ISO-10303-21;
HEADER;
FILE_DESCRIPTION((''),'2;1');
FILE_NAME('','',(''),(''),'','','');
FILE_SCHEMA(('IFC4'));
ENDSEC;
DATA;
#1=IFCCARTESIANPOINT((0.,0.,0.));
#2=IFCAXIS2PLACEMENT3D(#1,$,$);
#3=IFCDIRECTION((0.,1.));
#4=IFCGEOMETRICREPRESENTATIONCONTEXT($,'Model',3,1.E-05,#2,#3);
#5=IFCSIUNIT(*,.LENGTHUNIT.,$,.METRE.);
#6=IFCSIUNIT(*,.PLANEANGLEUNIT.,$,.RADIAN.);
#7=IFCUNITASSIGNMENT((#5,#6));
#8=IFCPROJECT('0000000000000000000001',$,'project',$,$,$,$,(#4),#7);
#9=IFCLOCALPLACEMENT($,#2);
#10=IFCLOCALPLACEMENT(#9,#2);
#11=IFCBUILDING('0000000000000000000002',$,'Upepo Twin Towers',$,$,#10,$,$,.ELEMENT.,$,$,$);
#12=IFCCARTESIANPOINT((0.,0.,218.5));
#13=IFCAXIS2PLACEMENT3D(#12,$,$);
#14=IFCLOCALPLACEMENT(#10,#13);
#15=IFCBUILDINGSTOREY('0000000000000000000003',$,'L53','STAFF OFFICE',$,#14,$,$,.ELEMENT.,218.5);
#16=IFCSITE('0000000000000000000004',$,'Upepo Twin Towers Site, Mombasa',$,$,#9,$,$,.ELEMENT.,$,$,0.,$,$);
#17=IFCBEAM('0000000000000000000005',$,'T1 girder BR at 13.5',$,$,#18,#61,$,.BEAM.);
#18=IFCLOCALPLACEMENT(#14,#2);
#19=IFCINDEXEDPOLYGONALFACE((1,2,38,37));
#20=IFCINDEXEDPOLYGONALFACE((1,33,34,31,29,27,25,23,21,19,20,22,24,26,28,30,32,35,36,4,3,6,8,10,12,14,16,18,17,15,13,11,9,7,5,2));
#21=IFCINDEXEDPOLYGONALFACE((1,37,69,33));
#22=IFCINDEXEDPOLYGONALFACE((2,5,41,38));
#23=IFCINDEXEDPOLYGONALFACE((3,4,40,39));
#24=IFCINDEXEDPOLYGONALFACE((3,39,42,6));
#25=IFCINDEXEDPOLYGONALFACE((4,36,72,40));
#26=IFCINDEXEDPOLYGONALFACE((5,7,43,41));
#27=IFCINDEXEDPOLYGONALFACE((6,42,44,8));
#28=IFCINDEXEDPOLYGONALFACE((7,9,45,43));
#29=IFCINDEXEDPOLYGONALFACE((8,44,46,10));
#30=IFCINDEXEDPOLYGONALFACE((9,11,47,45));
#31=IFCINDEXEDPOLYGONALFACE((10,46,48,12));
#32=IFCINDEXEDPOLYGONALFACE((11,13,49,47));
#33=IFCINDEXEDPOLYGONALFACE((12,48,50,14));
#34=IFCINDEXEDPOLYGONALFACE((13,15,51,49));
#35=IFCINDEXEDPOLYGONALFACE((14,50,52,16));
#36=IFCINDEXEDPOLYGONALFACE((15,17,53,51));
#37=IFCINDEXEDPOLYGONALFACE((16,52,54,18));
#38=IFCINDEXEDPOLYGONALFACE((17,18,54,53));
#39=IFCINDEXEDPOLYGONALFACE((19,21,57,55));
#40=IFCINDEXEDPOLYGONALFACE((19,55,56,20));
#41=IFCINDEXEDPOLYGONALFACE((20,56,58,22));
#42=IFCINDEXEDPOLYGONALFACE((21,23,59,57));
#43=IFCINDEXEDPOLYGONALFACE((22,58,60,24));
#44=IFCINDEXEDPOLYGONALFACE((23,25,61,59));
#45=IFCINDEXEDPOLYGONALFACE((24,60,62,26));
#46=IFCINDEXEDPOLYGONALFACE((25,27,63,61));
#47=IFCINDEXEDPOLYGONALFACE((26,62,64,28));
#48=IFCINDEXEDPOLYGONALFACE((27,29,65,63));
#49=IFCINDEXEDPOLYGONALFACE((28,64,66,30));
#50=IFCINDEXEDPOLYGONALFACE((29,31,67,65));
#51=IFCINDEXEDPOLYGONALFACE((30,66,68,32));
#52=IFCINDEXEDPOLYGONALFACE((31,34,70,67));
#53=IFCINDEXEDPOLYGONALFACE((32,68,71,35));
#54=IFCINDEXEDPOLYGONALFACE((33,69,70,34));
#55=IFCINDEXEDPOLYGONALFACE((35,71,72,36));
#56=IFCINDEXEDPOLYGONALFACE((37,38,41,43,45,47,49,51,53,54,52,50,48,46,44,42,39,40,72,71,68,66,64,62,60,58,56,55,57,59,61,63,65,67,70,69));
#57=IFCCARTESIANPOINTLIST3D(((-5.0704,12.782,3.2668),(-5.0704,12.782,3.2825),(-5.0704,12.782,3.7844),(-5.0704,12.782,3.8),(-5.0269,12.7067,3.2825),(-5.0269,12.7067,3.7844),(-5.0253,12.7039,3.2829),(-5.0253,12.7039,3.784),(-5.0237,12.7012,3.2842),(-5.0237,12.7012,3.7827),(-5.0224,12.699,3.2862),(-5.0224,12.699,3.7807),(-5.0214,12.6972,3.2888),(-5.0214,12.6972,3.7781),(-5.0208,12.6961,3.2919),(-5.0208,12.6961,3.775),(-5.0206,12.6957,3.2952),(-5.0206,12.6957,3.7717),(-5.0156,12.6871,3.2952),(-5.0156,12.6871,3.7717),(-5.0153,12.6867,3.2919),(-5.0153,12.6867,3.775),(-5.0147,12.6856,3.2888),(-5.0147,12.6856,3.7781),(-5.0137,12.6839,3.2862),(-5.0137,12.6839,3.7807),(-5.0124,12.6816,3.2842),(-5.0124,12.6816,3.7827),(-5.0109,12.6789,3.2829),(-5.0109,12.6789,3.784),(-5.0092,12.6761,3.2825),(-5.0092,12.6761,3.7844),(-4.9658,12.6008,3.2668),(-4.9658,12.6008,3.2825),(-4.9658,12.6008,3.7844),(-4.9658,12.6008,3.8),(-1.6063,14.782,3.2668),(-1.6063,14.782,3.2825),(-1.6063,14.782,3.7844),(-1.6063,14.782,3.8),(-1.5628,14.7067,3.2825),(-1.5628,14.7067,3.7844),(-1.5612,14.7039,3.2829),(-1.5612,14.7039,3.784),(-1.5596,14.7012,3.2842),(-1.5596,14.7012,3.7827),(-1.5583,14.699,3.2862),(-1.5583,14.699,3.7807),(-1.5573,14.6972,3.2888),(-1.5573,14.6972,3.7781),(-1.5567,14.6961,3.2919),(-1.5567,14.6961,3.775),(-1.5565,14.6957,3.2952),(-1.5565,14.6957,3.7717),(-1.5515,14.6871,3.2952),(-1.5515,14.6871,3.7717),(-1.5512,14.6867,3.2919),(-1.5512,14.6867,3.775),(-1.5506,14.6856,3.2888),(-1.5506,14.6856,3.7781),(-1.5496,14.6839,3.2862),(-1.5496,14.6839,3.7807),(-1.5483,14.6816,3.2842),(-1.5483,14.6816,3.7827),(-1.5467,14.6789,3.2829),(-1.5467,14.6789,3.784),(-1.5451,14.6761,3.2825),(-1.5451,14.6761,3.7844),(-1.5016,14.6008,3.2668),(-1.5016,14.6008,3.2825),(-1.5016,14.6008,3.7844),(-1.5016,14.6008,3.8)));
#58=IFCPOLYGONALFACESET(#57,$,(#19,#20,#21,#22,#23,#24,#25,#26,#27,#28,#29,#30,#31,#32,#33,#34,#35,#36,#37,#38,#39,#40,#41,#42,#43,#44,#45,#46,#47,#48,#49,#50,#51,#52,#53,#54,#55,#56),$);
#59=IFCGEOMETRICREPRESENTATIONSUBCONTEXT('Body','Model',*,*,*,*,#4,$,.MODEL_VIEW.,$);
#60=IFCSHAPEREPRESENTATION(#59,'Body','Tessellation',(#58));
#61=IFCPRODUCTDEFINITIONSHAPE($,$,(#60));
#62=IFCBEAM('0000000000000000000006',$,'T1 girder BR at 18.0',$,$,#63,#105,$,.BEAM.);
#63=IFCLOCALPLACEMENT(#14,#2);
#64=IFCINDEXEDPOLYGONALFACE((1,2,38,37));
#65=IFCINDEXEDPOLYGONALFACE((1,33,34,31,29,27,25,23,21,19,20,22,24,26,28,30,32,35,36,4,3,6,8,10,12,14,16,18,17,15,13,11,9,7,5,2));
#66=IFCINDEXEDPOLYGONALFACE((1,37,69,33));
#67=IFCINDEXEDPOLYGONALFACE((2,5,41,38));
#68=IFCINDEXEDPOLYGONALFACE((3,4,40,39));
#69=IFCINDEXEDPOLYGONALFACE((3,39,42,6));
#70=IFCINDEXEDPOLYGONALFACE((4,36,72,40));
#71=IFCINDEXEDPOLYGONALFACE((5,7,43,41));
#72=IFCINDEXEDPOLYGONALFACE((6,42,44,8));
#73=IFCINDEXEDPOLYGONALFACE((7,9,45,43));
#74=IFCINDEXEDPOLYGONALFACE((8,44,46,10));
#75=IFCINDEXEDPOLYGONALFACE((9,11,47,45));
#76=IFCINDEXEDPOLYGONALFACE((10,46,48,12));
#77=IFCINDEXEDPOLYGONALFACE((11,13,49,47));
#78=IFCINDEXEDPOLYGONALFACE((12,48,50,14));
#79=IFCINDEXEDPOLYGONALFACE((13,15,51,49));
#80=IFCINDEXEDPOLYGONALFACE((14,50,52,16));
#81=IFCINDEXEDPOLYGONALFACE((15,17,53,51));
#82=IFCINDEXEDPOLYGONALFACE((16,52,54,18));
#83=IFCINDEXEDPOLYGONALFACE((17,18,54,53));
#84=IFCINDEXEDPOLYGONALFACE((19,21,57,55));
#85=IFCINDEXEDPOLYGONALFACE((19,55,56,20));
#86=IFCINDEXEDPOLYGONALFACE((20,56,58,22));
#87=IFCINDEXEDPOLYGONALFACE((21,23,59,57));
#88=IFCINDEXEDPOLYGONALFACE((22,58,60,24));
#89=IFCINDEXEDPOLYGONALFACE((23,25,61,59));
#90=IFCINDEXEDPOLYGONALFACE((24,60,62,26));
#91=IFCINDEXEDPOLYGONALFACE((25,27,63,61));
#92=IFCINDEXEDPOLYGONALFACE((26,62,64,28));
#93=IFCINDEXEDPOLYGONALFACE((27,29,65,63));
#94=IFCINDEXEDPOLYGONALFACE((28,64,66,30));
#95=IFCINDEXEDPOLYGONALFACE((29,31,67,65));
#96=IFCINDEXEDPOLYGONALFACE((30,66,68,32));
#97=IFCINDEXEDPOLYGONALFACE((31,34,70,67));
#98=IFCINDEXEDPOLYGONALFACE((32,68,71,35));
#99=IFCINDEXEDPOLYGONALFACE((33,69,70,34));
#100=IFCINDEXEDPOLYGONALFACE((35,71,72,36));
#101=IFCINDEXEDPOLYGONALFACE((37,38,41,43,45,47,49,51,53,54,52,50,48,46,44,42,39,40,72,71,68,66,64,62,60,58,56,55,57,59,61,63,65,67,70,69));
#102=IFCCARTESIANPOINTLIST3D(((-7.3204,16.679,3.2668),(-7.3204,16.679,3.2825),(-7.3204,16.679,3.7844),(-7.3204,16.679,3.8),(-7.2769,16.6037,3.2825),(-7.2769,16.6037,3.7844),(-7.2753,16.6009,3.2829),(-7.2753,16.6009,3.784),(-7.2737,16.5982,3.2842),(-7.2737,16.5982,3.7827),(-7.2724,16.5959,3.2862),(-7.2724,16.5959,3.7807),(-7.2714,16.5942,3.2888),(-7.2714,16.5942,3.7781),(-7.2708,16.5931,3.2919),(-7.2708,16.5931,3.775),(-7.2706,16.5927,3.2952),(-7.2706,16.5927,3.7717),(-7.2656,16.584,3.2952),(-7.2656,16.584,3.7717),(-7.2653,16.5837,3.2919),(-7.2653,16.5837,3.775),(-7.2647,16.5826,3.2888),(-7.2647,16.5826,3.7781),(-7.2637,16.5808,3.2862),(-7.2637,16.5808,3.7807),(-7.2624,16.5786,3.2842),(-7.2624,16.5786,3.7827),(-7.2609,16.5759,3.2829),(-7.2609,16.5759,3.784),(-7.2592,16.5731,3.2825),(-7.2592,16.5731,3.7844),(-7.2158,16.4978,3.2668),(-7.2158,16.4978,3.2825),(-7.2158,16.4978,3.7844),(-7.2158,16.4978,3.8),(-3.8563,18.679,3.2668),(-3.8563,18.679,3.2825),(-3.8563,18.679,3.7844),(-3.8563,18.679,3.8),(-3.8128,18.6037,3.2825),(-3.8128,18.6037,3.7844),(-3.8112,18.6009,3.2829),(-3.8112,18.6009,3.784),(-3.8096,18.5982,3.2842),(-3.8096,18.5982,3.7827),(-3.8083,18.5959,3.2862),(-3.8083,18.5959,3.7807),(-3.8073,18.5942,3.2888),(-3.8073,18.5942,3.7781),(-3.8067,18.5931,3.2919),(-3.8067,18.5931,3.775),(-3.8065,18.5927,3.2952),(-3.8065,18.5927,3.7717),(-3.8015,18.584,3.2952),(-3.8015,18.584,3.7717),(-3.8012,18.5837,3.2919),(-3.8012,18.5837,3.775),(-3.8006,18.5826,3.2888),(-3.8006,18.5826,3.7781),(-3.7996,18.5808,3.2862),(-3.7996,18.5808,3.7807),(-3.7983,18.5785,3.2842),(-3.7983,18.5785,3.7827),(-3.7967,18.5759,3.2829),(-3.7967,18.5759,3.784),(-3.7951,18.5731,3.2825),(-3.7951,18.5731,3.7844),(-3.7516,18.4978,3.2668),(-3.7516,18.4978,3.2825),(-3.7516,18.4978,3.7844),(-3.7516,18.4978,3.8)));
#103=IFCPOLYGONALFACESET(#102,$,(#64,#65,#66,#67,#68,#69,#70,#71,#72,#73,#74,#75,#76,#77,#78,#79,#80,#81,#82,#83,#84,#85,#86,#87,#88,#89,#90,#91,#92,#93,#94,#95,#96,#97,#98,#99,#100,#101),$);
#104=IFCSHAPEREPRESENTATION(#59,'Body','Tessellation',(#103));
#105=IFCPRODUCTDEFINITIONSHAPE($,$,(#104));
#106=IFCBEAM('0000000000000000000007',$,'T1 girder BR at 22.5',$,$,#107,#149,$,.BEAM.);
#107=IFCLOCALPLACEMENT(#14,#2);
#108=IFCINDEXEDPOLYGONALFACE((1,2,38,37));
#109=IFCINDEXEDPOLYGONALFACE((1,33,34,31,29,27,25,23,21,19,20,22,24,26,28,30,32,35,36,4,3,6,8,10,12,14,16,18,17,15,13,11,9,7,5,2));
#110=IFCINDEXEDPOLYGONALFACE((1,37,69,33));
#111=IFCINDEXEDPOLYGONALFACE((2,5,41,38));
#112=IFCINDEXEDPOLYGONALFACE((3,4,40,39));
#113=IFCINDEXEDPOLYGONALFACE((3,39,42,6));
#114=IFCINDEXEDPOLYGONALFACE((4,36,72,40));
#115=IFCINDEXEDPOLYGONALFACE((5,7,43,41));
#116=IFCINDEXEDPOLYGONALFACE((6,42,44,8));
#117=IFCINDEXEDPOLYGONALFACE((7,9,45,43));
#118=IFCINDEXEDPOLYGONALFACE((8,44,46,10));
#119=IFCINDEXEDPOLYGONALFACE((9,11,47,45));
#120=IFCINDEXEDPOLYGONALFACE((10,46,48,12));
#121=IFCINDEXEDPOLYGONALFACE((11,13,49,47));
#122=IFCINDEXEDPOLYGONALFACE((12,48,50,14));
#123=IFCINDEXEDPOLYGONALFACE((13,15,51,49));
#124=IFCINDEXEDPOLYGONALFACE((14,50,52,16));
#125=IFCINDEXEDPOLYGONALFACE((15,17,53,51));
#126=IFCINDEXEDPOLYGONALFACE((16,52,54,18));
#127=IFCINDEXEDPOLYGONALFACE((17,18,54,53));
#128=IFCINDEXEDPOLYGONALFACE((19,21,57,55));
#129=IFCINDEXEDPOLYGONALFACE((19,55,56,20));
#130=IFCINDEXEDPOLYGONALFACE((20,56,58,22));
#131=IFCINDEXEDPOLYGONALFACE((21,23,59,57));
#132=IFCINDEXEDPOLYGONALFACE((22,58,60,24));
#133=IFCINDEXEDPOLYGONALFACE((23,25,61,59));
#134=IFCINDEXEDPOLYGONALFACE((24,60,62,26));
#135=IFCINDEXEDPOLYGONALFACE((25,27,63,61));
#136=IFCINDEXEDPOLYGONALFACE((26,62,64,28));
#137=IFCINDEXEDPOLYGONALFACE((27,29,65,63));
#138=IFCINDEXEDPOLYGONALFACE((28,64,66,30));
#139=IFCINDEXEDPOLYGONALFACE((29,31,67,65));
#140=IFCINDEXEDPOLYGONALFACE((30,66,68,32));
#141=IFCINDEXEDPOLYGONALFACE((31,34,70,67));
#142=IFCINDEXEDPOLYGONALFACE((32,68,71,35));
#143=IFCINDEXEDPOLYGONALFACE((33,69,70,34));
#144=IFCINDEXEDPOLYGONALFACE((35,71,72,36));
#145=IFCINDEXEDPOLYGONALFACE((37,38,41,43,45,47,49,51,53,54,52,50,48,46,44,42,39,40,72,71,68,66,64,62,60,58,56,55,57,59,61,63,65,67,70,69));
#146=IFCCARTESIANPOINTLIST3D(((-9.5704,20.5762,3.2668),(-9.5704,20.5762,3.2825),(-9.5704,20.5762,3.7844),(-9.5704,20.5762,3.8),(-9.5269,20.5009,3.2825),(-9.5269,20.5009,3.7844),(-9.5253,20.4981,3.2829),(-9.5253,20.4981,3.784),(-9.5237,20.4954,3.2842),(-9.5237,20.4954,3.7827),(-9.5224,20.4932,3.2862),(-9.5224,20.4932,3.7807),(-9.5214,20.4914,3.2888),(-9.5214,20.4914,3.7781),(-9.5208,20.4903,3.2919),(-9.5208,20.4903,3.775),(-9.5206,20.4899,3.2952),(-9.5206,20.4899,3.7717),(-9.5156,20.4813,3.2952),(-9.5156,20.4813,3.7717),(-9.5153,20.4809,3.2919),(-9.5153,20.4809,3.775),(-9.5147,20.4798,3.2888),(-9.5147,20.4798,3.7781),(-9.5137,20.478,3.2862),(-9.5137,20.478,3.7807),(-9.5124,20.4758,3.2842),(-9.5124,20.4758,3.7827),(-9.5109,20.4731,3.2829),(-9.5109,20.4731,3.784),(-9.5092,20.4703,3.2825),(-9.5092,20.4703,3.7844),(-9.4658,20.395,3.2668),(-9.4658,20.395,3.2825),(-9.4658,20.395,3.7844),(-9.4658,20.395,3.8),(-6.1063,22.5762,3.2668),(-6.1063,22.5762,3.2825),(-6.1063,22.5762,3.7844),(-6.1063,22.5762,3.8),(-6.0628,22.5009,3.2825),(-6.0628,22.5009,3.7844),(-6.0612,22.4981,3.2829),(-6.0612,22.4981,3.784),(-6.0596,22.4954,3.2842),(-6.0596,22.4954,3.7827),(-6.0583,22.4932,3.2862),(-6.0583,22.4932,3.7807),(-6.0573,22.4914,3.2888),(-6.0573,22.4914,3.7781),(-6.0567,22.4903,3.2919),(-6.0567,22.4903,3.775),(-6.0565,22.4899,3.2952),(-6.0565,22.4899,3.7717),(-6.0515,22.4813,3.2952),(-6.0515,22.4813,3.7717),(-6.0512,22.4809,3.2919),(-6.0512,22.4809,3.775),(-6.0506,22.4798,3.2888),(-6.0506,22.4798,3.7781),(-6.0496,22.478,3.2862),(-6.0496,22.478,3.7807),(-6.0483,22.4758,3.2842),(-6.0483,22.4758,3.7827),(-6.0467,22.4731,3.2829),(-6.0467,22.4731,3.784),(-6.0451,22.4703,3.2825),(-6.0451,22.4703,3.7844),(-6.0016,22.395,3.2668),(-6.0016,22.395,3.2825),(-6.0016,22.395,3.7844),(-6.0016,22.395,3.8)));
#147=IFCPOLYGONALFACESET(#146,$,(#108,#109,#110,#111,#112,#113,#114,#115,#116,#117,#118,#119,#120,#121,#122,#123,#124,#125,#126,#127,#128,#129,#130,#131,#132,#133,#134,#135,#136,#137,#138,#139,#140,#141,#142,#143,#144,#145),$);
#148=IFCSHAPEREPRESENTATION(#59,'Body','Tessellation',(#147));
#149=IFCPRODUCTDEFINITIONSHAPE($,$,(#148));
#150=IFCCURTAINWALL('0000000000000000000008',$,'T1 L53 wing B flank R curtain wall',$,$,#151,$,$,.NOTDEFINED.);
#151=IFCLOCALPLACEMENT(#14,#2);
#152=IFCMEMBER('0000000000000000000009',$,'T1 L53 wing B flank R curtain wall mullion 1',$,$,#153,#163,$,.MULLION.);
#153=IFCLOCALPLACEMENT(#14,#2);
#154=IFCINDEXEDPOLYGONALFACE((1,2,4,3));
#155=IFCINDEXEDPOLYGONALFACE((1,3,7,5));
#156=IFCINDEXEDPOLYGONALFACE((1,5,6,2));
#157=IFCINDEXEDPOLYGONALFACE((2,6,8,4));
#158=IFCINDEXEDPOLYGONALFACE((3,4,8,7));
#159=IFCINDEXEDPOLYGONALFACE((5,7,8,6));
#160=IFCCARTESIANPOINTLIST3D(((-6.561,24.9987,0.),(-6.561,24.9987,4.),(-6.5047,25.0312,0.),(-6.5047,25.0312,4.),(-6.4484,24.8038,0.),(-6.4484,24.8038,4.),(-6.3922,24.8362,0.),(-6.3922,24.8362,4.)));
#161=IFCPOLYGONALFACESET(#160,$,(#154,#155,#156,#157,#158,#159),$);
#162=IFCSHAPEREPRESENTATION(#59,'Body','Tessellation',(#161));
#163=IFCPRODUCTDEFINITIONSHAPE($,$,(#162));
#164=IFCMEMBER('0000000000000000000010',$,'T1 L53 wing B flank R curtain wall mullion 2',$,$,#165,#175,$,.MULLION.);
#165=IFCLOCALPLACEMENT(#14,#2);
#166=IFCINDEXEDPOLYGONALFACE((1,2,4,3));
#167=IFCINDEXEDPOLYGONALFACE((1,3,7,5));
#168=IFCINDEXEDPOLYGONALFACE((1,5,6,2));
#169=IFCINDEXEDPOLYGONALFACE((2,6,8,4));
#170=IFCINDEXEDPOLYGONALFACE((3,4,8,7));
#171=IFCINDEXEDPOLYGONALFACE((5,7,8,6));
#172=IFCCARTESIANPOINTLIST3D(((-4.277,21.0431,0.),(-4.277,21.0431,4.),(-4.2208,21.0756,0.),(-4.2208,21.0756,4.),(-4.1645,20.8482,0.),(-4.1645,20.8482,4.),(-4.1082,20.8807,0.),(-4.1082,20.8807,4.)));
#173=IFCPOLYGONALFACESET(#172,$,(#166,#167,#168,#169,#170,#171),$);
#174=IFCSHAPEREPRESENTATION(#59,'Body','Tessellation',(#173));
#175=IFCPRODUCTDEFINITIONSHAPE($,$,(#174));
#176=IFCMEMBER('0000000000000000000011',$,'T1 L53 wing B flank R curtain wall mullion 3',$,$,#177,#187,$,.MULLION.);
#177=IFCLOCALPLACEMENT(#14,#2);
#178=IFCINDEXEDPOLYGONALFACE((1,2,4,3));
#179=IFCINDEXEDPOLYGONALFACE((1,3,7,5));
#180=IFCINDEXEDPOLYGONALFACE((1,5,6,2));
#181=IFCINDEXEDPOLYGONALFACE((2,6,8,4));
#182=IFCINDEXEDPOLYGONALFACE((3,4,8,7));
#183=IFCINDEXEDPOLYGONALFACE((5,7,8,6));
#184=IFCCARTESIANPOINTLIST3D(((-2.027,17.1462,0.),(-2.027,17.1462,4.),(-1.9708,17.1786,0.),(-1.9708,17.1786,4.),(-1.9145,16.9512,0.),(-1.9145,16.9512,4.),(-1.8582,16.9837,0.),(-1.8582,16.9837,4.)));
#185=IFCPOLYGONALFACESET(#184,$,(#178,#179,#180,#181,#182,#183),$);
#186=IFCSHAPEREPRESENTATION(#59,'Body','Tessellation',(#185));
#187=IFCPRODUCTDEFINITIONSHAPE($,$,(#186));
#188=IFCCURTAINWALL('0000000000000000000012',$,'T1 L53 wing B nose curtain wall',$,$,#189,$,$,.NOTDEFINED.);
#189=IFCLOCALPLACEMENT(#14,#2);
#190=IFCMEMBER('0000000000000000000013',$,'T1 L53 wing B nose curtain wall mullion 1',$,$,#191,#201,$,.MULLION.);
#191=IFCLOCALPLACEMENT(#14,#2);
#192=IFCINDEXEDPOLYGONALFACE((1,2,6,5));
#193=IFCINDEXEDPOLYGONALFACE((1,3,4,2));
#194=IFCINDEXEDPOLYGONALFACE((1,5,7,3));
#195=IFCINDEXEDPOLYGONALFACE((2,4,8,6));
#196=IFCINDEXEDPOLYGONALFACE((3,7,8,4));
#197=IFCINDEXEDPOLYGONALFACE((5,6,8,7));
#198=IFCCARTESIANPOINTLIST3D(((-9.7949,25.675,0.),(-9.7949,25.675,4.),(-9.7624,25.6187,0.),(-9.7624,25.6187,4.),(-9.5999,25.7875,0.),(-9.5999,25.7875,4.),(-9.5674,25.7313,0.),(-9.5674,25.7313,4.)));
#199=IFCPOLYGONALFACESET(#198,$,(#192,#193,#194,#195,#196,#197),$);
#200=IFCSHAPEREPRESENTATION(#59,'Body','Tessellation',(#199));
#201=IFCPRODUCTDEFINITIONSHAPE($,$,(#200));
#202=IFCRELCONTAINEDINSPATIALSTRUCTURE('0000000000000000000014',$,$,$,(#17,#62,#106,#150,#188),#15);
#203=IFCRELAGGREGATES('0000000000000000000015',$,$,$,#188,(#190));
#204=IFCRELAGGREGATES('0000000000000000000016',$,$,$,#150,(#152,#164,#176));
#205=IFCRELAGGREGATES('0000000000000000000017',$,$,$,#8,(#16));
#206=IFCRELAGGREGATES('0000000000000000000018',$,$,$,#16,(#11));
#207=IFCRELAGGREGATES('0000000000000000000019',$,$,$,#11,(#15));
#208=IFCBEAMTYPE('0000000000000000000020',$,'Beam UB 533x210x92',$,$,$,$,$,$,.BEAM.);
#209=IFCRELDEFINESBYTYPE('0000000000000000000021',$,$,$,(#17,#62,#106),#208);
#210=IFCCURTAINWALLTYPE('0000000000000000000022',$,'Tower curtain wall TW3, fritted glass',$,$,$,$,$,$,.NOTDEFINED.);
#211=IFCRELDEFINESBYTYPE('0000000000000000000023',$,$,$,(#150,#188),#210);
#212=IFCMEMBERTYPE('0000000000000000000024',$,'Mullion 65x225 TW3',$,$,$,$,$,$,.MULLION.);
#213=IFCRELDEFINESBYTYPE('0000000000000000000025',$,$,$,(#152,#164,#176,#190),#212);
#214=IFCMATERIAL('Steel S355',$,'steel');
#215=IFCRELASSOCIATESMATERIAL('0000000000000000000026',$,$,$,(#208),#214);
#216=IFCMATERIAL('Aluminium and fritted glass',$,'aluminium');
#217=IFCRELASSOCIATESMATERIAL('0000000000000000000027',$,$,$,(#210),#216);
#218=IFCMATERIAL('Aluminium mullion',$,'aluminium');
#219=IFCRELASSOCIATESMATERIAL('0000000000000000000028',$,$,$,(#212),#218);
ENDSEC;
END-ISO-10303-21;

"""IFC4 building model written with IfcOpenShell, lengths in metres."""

from ifc_helpers import new_model, si_unit, direction, frame, origin, origin_2d, place, context, subcontext, project, spatial, rectangle, i_section, extrude, material, material_profile, profile_set, type_object, element, aggregate, save


model = new_model("IFC4")

# Units and contexts
model_context = context("Model", 3, precision=1e-05, world=origin(), true_north=direction((0.0, 1.0)))
body_context = subcontext(model_context, "Body", "Model", "MODEL_VIEW")
ifc_project = project(units=[si_unit("LENGTHUNIT", "METRE"), si_unit("PLANEANGLEUNIT", "RADIAN")], contexts=[model_context])

# Site, building, storey
site_placement = place(None, origin())
site = spatial("IfcSite", under=ifc_project, at=site_placement, Name="Upepo Twin Towers Site, Mombasa", CompositionType="ELEMENT", RefElevation=0.0)
building_placement = place(site_placement, origin())
building = spatial("IfcBuilding", under=site, at=building_placement, Name="Upepo Twin Towers", CompositionType="ELEMENT")
storey_placement = place(building_placement, frame((0.0, 0.0, 218.5)))
storey = spatial("IfcBuildingStorey", under=building, at=storey_placement, Name="L53", Description="STAFF OFFICE", CompositionType="ELEMENT", Elevation=218.5)

# Beams
ifc_material_1 = material(Name="Steel S355", Category="steel")
ifc_material_profile_1 = material_profile(ifc_material_1, i_section(OverallWidth=0.2092, OverallDepth=0.5332, WebThickness=0.01, FlangeThickness=0.0156, FilletRadius=0.0127, at=origin_2d()), Name="UB 533x210x92")
ifc_profile_set_1 = profile_set([ifc_material_profile_1], Name="Steel S355")
beam_type_1 = type_object("IfcBeamType", Name="Beam UB 533x210x92", PredefinedType="BEAM", material=ifc_profile_set_1)
for number, where, z_axis, x_axis, name in (
    (1, (-1.554, 14.6914, 3.5334), (-0.866026, -0.499999, 0.0), (0.499999, -0.866026, 0.0), "T1 girder BR at 13.5"),
    (2, (-3.804, 18.5884, 3.5334), (-0.866026, -0.499999, 0.0), (0.499999, -0.866026, 0.0), "T1 girder BR at 18.0"),
    (3, (-6.054, 22.4856, 3.5334), (-0.866026, -0.499999, 0.0), (0.499999, -0.866026, 0.0), "T1 girder BR at 22.5"),
):
    element("IfcBeam", number, at=place(storey_placement, frame(where, z_axis=z_axis, x_axis=x_axis)), inside=storey, type_object=beam_type_1, Name=name, PredefinedType="BEAM", context=body_context, shape_type="SweptSolid", body=[
        extrude(i_section(OverallWidth=0.2092, OverallDepth=0.5332, WebThickness=0.01, FlangeThickness=0.0156, FilletRadius=0.0127, at=origin_2d()), origin(), (0.0, 0.0, 1.0), 4.0),
    ])

# Curtain wall, members
ifc_material_2 = material(Name="Aluminium and fritted glass", Category="aluminium")
curtain_wall_type = type_object("IfcCurtainWallType", Name="Tower curtain wall TW3, fritted glass", PredefinedType="NOTDEFINED", material=ifc_material_2)
curtain_wall_1_placement = place(storey_placement, origin())
curtain_wall_1 = element("IfcCurtainWall", 4, at=curtain_wall_1_placement, inside=storey, type_object=curtain_wall_type, Name="T1 L53 wing B flank R curtain wall", PredefinedType="NOTDEFINED")
ifc_material_3 = material(Name="Aluminium mullion", Category="aluminium")
ifc_material_profile_2 = material_profile(ifc_material_3, rectangle(XDim=0.0649, YDim=0.2251, at=origin_2d()), Name="MULLION 65x225")
ifc_profile_set_2 = profile_set([ifc_material_profile_2], Name="Aluminium mullion")
member_type_1 = type_object("IfcMemberType", Name="Mullion 65x225 TW3", PredefinedType="MULLION", material=ifc_profile_set_2)
member_1_placement = place(storey_placement, frame((-6.4766, 24.9175, 0.0), z_axis=(0.0, 0.0, 1.0), x_axis=(0.866025, 0.5, 0.0)))
member_1 = element("IfcMember", 5, at=member_1_placement, type_object=member_type_1, Name="T1 L53 wing B flank R curtain wall mullion 1", PredefinedType="MULLION", context=body_context, shape_type="SweptSolid", body=[
    extrude(rectangle(XDim=0.0649, YDim=0.2251, at=origin_2d()), origin(), (0.0, 0.0, 1.0), 4.0),
])
member_2_placement = place(storey_placement, frame((-4.1926, 20.9619, 0.0), z_axis=(0.0, 0.0, 1.0), x_axis=(0.866025, 0.5, 0.0)))
member_2 = element("IfcMember", 6, at=member_2_placement, type_object=member_type_1, Name="T1 L53 wing B flank R curtain wall mullion 2", PredefinedType="MULLION", context=body_context, shape_type="SweptSolid", body=[
    extrude(rectangle(XDim=0.0649, YDim=0.2251, at=origin_2d()), origin(), (0.0, 0.0, 1.0), 4.0),
])
member_3_placement = place(storey_placement, frame((-1.9426, 17.0649, 0.0), z_axis=(0.0, 0.0, 1.0), x_axis=(0.866025, 0.5, 0.0)))
member_3 = element("IfcMember", 7, at=member_3_placement, type_object=member_type_1, Name="T1 L53 wing B flank R curtain wall mullion 3", PredefinedType="MULLION", context=body_context, shape_type="SweptSolid", body=[
    extrude(rectangle(XDim=0.0649, YDim=0.2251, at=origin_2d()), origin(), (0.0, 0.0, 1.0), 4.0),
])

# Curtain wall, member
curtain_wall_2_placement = place(storey_placement, origin())
curtain_wall_2 = element("IfcCurtainWall", 8, at=curtain_wall_2_placement, inside=storey, type_object=curtain_wall_type, Name="T1 L53 wing B nose curtain wall", PredefinedType="NOTDEFINED")
member_4_placement = place(storey_placement, frame((-9.6812, 25.7031, 0.0), z_axis=(0.0, 0.0, 1.0), x_axis=(0.5, -0.866025, 0.0)))
member_4 = element("IfcMember", 9, at=member_4_placement, type_object=member_type_1, Name="T1 L53 wing B nose curtain wall mullion 1", PredefinedType="MULLION", context=body_context, shape_type="SweptSolid", body=[
    extrude(rectangle(XDim=0.0649, YDim=0.2251, at=origin_2d()), origin(), (0.0, 0.0, 1.0), 4.0),
])
aggregate(curtain_wall_2, [member_4])

aggregate(curtain_wall_1, [member_1, member_2, member_3])

save(model, "model.ifc")
